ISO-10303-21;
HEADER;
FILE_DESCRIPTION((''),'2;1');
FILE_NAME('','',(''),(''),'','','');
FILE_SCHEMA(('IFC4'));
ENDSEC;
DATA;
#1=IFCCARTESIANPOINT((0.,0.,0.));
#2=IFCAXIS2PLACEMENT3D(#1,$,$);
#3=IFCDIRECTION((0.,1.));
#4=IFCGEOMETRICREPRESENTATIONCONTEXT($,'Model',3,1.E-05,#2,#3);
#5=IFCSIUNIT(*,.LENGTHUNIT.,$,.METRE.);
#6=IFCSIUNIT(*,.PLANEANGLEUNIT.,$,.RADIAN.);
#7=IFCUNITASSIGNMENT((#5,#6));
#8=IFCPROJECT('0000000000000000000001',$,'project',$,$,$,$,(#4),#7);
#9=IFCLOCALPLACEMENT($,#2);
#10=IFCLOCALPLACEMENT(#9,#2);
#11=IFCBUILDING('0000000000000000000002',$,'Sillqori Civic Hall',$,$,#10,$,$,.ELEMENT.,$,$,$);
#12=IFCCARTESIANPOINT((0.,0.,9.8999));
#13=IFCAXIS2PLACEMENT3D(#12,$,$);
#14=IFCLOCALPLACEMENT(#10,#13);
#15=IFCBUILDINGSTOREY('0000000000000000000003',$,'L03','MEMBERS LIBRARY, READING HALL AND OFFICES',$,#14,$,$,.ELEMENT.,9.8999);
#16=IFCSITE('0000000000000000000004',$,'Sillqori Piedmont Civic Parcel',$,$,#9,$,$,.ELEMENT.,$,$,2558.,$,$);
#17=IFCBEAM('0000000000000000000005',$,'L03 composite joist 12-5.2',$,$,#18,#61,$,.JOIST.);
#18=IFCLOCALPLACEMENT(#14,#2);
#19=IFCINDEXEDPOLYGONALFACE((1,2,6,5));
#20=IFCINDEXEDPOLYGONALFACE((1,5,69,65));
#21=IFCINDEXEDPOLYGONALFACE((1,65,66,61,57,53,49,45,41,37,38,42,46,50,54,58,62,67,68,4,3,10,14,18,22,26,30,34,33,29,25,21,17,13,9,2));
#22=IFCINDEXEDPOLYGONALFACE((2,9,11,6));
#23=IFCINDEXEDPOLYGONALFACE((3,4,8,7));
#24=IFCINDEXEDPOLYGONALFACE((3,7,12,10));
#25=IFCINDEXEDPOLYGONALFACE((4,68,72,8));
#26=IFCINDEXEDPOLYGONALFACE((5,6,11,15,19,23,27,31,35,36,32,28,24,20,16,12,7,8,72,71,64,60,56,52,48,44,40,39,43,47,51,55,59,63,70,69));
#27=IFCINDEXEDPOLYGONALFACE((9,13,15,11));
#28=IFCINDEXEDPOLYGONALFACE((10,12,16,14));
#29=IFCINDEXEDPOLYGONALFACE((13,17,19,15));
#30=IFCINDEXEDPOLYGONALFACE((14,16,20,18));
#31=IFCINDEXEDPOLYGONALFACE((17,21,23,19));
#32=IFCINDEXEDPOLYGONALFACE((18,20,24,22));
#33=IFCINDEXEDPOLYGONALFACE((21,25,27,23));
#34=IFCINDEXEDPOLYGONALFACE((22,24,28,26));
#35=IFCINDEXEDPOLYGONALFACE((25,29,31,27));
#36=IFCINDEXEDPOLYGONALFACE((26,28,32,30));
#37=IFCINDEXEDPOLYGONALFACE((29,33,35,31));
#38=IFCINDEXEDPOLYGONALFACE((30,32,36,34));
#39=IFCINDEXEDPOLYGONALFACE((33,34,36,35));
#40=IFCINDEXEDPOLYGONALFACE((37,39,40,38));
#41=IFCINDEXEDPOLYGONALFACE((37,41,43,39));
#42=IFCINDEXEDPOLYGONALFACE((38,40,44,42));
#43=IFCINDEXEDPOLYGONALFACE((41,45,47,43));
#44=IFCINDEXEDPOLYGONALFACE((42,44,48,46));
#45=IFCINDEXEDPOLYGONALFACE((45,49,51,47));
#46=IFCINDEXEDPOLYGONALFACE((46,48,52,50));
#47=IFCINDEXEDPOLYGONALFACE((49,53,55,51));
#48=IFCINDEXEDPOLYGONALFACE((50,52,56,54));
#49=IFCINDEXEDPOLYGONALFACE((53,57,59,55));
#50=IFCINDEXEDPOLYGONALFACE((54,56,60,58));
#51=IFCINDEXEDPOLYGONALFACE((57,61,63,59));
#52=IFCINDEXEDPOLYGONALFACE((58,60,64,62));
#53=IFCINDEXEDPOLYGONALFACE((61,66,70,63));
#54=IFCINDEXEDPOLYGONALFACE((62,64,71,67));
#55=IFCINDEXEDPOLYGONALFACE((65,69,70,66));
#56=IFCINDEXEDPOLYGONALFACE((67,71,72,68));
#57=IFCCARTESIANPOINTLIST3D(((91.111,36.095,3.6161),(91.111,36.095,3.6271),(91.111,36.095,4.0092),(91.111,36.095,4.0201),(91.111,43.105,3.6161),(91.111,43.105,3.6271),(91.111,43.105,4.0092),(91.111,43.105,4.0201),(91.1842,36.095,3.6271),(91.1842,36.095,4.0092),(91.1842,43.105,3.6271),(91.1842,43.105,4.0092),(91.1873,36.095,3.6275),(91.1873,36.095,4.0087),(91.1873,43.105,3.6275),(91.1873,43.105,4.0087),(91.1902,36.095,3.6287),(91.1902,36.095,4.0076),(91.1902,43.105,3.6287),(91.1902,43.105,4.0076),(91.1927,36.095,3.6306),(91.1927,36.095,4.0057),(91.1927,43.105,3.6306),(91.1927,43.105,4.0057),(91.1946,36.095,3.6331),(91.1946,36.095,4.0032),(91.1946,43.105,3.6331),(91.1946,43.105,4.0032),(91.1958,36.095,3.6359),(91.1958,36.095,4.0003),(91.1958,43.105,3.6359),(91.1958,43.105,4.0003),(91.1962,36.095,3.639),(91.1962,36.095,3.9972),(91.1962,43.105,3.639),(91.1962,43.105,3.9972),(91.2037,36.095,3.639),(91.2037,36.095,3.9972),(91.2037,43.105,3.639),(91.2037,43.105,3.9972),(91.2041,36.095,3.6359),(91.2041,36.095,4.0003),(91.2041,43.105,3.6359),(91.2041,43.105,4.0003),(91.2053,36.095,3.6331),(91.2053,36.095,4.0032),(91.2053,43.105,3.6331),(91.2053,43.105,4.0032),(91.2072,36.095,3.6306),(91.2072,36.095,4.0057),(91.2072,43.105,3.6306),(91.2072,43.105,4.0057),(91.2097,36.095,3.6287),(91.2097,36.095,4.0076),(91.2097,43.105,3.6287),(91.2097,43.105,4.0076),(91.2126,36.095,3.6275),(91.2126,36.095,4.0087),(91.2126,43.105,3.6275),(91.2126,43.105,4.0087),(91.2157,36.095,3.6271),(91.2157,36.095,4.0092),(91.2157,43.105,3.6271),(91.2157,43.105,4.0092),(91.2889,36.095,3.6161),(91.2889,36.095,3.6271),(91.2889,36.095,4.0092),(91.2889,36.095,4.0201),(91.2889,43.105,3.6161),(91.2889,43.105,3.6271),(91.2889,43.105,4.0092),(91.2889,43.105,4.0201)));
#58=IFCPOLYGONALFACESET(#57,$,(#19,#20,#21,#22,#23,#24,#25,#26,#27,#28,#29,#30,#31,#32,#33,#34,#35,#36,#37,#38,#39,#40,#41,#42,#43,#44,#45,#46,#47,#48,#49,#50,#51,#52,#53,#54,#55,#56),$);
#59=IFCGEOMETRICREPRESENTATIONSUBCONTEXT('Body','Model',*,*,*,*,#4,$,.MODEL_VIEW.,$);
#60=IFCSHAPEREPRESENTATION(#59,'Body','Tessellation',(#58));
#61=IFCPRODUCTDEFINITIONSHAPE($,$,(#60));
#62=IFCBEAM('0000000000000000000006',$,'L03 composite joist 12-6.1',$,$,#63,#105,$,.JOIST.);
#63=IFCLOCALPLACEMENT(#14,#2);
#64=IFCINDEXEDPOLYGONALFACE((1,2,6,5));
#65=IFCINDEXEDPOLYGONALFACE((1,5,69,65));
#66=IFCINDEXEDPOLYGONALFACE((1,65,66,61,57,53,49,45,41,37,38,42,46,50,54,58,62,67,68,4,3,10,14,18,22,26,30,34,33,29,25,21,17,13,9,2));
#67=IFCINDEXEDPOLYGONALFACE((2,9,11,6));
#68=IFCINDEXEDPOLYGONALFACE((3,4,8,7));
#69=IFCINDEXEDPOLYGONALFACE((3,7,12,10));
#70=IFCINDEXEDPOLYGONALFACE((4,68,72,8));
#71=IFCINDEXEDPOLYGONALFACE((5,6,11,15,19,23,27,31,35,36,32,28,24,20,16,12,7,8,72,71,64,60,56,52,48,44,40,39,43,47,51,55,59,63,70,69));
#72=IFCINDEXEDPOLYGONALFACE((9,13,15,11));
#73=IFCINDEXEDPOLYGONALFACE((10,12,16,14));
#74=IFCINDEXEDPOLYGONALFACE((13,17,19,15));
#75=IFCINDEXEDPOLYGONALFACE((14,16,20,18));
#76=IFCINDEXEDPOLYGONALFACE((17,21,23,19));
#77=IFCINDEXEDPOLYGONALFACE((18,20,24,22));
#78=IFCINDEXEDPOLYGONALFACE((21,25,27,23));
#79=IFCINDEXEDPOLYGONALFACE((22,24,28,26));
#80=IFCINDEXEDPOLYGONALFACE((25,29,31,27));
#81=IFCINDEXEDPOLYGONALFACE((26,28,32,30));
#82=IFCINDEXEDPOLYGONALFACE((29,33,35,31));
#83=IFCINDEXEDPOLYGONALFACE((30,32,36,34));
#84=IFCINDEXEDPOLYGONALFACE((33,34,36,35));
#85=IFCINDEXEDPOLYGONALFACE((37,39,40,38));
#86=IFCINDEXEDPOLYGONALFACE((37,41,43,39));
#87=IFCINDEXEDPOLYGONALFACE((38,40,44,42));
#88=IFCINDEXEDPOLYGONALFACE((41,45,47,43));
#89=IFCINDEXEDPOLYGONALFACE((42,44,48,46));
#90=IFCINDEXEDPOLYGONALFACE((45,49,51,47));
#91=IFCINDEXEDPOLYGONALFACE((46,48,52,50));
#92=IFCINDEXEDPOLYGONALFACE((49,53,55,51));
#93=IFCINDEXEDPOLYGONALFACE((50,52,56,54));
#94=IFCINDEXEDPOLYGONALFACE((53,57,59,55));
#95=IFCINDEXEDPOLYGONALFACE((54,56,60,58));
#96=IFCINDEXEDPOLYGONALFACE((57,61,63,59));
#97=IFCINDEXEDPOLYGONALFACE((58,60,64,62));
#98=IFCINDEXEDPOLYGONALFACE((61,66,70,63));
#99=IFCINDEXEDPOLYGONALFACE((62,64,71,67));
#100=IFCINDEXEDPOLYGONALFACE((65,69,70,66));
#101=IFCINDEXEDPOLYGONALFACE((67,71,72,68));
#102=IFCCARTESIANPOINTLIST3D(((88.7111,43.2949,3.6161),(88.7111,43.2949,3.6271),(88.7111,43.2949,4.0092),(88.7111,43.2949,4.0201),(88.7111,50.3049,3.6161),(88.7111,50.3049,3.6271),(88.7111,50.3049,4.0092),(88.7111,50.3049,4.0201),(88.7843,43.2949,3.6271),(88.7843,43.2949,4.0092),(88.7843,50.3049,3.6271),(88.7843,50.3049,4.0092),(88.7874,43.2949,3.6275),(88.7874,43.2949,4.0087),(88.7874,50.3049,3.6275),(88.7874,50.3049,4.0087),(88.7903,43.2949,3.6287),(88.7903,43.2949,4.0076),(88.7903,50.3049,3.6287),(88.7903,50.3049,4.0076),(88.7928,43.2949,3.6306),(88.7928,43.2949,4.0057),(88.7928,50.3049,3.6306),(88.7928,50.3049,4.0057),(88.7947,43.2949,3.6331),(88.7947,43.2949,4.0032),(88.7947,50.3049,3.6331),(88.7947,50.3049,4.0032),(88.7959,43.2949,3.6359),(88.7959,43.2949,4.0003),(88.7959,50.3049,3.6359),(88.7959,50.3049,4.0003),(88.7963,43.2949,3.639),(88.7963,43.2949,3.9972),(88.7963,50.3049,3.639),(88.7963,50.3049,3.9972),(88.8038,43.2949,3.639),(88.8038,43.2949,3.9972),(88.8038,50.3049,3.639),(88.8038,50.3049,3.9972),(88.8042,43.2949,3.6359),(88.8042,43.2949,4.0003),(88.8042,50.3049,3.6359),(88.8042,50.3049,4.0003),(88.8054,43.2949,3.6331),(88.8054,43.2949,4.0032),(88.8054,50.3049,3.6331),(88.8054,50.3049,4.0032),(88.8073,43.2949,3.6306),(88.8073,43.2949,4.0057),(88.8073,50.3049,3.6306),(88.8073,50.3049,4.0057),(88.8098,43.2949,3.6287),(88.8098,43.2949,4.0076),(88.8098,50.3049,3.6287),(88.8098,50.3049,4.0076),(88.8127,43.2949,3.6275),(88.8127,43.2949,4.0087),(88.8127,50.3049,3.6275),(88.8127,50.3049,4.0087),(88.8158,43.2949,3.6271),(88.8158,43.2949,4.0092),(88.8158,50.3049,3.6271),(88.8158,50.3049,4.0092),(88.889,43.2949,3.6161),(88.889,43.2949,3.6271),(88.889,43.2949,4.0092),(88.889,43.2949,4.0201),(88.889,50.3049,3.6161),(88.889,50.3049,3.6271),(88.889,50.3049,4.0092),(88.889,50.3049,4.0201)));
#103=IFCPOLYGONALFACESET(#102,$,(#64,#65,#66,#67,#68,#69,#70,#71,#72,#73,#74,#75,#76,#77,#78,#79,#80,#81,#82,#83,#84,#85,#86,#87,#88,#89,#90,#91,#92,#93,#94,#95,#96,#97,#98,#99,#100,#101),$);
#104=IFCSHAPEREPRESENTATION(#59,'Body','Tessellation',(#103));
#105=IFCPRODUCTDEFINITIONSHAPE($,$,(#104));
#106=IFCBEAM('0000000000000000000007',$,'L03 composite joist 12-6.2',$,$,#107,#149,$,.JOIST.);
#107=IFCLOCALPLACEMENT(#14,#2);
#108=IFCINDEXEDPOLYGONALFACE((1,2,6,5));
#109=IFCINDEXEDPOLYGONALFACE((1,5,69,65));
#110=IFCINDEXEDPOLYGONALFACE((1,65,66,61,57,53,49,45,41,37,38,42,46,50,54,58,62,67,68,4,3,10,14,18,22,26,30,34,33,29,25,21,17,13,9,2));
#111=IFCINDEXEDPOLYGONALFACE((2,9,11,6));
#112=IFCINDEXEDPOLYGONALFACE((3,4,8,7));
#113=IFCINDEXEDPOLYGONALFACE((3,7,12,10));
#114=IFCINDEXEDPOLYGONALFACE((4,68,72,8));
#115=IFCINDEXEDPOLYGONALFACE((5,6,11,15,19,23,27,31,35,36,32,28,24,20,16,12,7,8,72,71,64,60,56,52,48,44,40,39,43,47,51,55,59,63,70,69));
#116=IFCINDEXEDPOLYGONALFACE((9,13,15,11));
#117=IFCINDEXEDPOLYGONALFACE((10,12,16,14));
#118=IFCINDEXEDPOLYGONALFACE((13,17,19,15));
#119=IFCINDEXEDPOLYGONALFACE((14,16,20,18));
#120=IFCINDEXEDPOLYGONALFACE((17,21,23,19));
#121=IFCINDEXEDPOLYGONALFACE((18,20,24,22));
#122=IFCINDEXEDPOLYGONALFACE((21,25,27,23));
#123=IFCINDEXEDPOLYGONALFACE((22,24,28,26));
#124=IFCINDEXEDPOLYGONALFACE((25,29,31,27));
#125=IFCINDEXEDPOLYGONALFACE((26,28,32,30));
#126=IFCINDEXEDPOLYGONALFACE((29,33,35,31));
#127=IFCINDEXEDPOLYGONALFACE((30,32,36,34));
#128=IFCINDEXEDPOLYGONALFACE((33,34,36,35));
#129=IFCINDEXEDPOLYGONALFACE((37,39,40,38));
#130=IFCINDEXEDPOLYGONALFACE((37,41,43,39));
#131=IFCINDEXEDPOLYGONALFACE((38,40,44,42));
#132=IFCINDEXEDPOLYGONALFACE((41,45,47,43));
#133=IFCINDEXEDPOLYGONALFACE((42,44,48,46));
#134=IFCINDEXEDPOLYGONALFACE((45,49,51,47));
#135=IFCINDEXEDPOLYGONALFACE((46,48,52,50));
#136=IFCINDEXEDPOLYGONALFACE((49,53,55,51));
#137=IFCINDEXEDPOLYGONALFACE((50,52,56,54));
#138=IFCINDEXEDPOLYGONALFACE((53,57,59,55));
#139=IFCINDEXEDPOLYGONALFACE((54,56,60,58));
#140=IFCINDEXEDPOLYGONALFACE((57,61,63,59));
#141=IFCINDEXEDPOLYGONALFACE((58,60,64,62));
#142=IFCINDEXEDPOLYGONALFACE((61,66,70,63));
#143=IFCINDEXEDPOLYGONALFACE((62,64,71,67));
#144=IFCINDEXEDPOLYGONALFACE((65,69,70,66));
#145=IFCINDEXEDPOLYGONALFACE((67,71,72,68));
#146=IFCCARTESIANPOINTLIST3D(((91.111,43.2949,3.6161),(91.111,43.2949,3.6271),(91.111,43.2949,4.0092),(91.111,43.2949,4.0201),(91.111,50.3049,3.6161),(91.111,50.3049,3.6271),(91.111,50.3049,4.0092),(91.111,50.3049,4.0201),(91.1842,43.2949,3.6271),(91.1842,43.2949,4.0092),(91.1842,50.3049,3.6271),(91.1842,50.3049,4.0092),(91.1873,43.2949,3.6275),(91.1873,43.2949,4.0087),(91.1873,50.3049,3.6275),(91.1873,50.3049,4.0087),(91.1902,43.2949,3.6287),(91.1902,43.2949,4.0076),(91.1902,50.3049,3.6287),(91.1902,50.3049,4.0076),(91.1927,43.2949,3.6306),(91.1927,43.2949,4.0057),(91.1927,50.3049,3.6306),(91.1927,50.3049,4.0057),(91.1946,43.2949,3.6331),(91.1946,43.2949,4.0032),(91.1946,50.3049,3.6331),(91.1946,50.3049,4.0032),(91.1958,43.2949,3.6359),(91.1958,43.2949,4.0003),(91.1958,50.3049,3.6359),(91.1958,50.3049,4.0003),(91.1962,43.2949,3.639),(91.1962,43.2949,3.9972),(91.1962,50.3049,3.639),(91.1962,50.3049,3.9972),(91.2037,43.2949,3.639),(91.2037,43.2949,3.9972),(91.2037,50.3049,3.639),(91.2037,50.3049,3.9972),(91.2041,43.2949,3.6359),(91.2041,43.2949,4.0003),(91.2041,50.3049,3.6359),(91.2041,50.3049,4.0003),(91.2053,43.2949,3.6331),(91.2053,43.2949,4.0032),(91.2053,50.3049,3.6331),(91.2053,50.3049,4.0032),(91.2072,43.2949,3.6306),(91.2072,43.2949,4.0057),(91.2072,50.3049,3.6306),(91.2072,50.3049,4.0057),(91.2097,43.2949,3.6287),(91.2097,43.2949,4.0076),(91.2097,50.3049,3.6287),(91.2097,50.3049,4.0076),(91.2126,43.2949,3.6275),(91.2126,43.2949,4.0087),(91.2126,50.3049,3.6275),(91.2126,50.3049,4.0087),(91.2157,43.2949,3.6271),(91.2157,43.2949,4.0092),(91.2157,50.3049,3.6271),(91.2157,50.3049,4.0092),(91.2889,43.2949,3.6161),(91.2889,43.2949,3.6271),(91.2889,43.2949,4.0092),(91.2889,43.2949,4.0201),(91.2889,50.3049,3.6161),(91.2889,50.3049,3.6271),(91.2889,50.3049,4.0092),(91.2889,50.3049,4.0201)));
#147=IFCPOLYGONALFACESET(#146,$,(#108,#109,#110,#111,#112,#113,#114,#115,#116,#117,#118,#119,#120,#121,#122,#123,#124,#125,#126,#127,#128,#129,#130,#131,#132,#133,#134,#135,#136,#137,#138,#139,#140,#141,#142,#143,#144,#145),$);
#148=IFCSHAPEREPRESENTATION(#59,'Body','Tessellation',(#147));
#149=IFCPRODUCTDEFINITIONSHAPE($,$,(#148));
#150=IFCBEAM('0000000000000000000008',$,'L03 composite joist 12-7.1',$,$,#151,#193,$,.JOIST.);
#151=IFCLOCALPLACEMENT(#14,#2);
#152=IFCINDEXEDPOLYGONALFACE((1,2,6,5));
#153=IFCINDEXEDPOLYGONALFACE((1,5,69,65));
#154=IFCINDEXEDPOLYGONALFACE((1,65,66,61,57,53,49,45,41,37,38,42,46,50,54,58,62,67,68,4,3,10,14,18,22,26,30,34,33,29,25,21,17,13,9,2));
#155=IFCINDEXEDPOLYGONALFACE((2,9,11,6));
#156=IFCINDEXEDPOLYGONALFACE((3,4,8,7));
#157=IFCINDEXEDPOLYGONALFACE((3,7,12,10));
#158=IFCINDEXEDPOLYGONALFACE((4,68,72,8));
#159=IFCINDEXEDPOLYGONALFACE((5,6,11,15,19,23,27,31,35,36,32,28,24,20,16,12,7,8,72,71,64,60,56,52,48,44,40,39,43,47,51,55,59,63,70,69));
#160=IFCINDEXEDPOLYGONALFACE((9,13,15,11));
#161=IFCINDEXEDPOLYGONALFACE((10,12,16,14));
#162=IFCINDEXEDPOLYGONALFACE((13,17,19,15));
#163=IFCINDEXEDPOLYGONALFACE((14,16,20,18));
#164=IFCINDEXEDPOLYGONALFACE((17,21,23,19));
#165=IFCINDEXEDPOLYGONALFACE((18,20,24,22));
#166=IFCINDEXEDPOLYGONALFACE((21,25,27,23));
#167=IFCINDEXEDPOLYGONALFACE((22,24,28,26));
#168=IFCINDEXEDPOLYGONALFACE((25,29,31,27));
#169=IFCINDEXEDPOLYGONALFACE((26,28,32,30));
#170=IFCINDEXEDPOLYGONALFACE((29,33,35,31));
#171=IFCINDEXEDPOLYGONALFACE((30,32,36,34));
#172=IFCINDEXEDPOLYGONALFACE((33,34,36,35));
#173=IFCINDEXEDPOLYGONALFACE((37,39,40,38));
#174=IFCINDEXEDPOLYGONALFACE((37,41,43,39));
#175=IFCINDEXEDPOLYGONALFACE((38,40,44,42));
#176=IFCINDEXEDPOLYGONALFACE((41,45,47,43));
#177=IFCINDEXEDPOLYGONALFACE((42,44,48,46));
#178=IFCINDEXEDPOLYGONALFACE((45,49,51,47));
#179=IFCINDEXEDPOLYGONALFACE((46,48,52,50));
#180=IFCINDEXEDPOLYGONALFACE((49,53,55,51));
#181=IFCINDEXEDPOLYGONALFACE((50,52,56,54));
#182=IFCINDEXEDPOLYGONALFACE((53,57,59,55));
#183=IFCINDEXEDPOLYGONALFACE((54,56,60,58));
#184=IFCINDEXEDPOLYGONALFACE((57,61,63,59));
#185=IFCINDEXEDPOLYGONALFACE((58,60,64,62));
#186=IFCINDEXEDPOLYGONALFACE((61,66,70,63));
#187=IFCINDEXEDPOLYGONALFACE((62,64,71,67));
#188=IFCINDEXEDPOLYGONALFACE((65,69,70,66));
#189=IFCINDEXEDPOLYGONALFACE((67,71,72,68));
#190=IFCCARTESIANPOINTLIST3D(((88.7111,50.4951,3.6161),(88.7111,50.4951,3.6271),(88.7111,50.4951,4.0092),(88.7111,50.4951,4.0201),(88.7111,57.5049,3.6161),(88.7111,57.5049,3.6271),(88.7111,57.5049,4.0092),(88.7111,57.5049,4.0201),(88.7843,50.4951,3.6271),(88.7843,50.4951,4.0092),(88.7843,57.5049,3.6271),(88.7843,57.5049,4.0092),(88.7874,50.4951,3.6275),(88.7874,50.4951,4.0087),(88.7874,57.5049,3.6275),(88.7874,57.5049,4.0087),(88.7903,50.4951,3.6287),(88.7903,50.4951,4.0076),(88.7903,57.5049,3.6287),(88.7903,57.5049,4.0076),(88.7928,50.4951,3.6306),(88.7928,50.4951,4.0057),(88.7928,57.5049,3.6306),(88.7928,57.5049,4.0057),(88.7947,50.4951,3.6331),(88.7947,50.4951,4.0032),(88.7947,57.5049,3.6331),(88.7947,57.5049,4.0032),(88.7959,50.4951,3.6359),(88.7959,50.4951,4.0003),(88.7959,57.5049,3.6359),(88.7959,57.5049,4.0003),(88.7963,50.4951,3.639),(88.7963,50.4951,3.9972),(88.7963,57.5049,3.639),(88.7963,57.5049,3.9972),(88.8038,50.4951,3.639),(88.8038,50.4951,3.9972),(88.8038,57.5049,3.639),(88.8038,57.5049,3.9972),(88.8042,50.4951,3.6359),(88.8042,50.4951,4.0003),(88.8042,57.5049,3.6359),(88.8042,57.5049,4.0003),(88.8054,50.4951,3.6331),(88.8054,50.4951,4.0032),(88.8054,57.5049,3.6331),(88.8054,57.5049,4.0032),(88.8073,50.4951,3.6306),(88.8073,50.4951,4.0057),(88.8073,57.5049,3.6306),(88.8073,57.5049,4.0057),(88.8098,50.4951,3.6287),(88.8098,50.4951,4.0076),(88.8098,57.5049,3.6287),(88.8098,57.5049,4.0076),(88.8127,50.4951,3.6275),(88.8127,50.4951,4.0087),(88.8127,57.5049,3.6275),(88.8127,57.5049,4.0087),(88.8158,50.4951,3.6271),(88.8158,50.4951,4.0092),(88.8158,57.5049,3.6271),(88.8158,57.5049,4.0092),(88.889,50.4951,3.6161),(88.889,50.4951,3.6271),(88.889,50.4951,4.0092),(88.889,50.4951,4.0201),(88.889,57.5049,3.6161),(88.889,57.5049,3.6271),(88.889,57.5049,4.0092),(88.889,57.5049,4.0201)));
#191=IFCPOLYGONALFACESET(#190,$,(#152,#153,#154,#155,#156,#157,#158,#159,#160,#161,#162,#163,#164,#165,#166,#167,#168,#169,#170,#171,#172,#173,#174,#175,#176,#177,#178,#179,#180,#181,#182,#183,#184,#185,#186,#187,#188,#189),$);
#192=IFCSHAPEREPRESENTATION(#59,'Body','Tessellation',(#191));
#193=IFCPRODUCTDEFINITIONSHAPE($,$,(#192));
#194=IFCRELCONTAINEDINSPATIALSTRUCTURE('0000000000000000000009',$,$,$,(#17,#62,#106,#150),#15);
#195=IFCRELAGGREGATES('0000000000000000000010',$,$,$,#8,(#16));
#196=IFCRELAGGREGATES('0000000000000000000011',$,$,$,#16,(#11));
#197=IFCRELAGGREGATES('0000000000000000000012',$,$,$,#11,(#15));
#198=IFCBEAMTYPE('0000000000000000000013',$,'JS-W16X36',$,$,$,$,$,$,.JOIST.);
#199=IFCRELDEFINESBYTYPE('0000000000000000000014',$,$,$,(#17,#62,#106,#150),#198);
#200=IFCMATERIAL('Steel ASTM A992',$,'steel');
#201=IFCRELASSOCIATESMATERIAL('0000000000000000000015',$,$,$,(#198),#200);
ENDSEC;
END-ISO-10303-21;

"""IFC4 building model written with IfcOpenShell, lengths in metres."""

from ifc_helpers import new_model, si_unit, direction, frame, origin, origin_2d, place, context, subcontext, project, spatial, i_section, extrude, material, material_profile, profile_set, type_object, element, save


model = new_model("IFC4")

# Units and contexts
model_context = context("Model", 3, precision=1e-05, world=origin(), true_north=direction((0.0, 1.0)))
body_context = subcontext(model_context, "Body", "Model", "MODEL_VIEW")
ifc_project = project(units=[si_unit("LENGTHUNIT", "METRE"), si_unit("PLANEANGLEUNIT", "RADIAN")], contexts=[model_context])

# Site, building, storey
site_placement = place(None, origin())
site = spatial("IfcSite", under=ifc_project, at=site_placement, Name="Sillqori Piedmont Civic Parcel", CompositionType="ELEMENT", RefElevation=2558.0)
building_placement = place(site_placement, origin())
building = spatial("IfcBuilding", under=site, at=building_placement, Name="Sillqori Civic Hall", CompositionType="ELEMENT")
storey_placement = place(building_placement, frame((0.0, 0.0, 9.8999)))
storey = spatial("IfcBuildingStorey", under=building, at=storey_placement, Name="L03", Description="MEMBERS LIBRARY, READING HALL AND OFFICES", CompositionType="ELEMENT", Elevation=9.8999)

# Shared definitions
ifc_material_1 = material(Name="Steel ASTM A992", Category="steel")

# Beams
ifc_material_profile_1 = material_profile(ifc_material_1, i_section(OverallWidth=0.178, OverallDepth=0.4041, WebThickness=0.0076, FlangeThickness=0.011, FilletRadius=0.012, at=origin_2d()), Name="W16X36")
ifc_profile_set_1 = profile_set([ifc_material_profile_1], Name="Steel ASTM A992")
beam_type_1 = type_object("IfcBeamType", Name="JS-W16X36", PredefinedType="JOIST", material=ifc_profile_set_1)
for number, where, z_axis, x_axis, name in (
    (1, (91.2, 36.095, 3.8181), (0.0, 1.0, 0.0), (-1.0, 0.0, 0.0), "L03 composite joist 12-5.2"),
    (2, (88.8, 43.2949, 3.8181), (0.0, 1.0, 0.0), (-1.0, 0.0, 0.0), "L03 composite joist 12-6.1"),
    (3, (91.2, 43.2949, 3.8181), (0.0, 1.0, 0.0), (-1.0, 0.0, 0.0), "L03 composite joist 12-6.2"),
):
    element("IfcBeam", number, at=place(storey_placement, frame(where, z_axis=z_axis, x_axis=x_axis)), inside=storey, type_object=beam_type_1, Name=name, PredefinedType="JOIST", context=body_context, shape_type="SweptSolid", body=[
        extrude(i_section(OverallWidth=0.178, OverallDepth=0.4041, WebThickness=0.0076, FlangeThickness=0.011, FilletRadius=0.012, at=origin_2d()), origin(), (0.0, 0.0, 1.0), 7.01),
    ])
for number, where, z_axis, x_axis, name in (
    (4, (88.8, 50.4951, 3.8181), (0.0, 1.0, 0.0), (-1.0, 0.0, 0.0), "L03 composite joist 12-7.1"),
):
    element("IfcBeam", number, at=place(storey_placement, frame(where, z_axis=z_axis, x_axis=x_axis)), inside=storey, type_object=beam_type_1, Name=name, PredefinedType="JOIST", context=body_context, shape_type="SweptSolid", body=[
        extrude(i_section(OverallWidth=0.178, OverallDepth=0.4041, WebThickness=0.0076, FlangeThickness=0.011, FilletRadius=0.012, at=origin_2d()), origin(), (0.0, 0.0, 1.0), 7.0098),
    ])

save(model, "model.ifc")
